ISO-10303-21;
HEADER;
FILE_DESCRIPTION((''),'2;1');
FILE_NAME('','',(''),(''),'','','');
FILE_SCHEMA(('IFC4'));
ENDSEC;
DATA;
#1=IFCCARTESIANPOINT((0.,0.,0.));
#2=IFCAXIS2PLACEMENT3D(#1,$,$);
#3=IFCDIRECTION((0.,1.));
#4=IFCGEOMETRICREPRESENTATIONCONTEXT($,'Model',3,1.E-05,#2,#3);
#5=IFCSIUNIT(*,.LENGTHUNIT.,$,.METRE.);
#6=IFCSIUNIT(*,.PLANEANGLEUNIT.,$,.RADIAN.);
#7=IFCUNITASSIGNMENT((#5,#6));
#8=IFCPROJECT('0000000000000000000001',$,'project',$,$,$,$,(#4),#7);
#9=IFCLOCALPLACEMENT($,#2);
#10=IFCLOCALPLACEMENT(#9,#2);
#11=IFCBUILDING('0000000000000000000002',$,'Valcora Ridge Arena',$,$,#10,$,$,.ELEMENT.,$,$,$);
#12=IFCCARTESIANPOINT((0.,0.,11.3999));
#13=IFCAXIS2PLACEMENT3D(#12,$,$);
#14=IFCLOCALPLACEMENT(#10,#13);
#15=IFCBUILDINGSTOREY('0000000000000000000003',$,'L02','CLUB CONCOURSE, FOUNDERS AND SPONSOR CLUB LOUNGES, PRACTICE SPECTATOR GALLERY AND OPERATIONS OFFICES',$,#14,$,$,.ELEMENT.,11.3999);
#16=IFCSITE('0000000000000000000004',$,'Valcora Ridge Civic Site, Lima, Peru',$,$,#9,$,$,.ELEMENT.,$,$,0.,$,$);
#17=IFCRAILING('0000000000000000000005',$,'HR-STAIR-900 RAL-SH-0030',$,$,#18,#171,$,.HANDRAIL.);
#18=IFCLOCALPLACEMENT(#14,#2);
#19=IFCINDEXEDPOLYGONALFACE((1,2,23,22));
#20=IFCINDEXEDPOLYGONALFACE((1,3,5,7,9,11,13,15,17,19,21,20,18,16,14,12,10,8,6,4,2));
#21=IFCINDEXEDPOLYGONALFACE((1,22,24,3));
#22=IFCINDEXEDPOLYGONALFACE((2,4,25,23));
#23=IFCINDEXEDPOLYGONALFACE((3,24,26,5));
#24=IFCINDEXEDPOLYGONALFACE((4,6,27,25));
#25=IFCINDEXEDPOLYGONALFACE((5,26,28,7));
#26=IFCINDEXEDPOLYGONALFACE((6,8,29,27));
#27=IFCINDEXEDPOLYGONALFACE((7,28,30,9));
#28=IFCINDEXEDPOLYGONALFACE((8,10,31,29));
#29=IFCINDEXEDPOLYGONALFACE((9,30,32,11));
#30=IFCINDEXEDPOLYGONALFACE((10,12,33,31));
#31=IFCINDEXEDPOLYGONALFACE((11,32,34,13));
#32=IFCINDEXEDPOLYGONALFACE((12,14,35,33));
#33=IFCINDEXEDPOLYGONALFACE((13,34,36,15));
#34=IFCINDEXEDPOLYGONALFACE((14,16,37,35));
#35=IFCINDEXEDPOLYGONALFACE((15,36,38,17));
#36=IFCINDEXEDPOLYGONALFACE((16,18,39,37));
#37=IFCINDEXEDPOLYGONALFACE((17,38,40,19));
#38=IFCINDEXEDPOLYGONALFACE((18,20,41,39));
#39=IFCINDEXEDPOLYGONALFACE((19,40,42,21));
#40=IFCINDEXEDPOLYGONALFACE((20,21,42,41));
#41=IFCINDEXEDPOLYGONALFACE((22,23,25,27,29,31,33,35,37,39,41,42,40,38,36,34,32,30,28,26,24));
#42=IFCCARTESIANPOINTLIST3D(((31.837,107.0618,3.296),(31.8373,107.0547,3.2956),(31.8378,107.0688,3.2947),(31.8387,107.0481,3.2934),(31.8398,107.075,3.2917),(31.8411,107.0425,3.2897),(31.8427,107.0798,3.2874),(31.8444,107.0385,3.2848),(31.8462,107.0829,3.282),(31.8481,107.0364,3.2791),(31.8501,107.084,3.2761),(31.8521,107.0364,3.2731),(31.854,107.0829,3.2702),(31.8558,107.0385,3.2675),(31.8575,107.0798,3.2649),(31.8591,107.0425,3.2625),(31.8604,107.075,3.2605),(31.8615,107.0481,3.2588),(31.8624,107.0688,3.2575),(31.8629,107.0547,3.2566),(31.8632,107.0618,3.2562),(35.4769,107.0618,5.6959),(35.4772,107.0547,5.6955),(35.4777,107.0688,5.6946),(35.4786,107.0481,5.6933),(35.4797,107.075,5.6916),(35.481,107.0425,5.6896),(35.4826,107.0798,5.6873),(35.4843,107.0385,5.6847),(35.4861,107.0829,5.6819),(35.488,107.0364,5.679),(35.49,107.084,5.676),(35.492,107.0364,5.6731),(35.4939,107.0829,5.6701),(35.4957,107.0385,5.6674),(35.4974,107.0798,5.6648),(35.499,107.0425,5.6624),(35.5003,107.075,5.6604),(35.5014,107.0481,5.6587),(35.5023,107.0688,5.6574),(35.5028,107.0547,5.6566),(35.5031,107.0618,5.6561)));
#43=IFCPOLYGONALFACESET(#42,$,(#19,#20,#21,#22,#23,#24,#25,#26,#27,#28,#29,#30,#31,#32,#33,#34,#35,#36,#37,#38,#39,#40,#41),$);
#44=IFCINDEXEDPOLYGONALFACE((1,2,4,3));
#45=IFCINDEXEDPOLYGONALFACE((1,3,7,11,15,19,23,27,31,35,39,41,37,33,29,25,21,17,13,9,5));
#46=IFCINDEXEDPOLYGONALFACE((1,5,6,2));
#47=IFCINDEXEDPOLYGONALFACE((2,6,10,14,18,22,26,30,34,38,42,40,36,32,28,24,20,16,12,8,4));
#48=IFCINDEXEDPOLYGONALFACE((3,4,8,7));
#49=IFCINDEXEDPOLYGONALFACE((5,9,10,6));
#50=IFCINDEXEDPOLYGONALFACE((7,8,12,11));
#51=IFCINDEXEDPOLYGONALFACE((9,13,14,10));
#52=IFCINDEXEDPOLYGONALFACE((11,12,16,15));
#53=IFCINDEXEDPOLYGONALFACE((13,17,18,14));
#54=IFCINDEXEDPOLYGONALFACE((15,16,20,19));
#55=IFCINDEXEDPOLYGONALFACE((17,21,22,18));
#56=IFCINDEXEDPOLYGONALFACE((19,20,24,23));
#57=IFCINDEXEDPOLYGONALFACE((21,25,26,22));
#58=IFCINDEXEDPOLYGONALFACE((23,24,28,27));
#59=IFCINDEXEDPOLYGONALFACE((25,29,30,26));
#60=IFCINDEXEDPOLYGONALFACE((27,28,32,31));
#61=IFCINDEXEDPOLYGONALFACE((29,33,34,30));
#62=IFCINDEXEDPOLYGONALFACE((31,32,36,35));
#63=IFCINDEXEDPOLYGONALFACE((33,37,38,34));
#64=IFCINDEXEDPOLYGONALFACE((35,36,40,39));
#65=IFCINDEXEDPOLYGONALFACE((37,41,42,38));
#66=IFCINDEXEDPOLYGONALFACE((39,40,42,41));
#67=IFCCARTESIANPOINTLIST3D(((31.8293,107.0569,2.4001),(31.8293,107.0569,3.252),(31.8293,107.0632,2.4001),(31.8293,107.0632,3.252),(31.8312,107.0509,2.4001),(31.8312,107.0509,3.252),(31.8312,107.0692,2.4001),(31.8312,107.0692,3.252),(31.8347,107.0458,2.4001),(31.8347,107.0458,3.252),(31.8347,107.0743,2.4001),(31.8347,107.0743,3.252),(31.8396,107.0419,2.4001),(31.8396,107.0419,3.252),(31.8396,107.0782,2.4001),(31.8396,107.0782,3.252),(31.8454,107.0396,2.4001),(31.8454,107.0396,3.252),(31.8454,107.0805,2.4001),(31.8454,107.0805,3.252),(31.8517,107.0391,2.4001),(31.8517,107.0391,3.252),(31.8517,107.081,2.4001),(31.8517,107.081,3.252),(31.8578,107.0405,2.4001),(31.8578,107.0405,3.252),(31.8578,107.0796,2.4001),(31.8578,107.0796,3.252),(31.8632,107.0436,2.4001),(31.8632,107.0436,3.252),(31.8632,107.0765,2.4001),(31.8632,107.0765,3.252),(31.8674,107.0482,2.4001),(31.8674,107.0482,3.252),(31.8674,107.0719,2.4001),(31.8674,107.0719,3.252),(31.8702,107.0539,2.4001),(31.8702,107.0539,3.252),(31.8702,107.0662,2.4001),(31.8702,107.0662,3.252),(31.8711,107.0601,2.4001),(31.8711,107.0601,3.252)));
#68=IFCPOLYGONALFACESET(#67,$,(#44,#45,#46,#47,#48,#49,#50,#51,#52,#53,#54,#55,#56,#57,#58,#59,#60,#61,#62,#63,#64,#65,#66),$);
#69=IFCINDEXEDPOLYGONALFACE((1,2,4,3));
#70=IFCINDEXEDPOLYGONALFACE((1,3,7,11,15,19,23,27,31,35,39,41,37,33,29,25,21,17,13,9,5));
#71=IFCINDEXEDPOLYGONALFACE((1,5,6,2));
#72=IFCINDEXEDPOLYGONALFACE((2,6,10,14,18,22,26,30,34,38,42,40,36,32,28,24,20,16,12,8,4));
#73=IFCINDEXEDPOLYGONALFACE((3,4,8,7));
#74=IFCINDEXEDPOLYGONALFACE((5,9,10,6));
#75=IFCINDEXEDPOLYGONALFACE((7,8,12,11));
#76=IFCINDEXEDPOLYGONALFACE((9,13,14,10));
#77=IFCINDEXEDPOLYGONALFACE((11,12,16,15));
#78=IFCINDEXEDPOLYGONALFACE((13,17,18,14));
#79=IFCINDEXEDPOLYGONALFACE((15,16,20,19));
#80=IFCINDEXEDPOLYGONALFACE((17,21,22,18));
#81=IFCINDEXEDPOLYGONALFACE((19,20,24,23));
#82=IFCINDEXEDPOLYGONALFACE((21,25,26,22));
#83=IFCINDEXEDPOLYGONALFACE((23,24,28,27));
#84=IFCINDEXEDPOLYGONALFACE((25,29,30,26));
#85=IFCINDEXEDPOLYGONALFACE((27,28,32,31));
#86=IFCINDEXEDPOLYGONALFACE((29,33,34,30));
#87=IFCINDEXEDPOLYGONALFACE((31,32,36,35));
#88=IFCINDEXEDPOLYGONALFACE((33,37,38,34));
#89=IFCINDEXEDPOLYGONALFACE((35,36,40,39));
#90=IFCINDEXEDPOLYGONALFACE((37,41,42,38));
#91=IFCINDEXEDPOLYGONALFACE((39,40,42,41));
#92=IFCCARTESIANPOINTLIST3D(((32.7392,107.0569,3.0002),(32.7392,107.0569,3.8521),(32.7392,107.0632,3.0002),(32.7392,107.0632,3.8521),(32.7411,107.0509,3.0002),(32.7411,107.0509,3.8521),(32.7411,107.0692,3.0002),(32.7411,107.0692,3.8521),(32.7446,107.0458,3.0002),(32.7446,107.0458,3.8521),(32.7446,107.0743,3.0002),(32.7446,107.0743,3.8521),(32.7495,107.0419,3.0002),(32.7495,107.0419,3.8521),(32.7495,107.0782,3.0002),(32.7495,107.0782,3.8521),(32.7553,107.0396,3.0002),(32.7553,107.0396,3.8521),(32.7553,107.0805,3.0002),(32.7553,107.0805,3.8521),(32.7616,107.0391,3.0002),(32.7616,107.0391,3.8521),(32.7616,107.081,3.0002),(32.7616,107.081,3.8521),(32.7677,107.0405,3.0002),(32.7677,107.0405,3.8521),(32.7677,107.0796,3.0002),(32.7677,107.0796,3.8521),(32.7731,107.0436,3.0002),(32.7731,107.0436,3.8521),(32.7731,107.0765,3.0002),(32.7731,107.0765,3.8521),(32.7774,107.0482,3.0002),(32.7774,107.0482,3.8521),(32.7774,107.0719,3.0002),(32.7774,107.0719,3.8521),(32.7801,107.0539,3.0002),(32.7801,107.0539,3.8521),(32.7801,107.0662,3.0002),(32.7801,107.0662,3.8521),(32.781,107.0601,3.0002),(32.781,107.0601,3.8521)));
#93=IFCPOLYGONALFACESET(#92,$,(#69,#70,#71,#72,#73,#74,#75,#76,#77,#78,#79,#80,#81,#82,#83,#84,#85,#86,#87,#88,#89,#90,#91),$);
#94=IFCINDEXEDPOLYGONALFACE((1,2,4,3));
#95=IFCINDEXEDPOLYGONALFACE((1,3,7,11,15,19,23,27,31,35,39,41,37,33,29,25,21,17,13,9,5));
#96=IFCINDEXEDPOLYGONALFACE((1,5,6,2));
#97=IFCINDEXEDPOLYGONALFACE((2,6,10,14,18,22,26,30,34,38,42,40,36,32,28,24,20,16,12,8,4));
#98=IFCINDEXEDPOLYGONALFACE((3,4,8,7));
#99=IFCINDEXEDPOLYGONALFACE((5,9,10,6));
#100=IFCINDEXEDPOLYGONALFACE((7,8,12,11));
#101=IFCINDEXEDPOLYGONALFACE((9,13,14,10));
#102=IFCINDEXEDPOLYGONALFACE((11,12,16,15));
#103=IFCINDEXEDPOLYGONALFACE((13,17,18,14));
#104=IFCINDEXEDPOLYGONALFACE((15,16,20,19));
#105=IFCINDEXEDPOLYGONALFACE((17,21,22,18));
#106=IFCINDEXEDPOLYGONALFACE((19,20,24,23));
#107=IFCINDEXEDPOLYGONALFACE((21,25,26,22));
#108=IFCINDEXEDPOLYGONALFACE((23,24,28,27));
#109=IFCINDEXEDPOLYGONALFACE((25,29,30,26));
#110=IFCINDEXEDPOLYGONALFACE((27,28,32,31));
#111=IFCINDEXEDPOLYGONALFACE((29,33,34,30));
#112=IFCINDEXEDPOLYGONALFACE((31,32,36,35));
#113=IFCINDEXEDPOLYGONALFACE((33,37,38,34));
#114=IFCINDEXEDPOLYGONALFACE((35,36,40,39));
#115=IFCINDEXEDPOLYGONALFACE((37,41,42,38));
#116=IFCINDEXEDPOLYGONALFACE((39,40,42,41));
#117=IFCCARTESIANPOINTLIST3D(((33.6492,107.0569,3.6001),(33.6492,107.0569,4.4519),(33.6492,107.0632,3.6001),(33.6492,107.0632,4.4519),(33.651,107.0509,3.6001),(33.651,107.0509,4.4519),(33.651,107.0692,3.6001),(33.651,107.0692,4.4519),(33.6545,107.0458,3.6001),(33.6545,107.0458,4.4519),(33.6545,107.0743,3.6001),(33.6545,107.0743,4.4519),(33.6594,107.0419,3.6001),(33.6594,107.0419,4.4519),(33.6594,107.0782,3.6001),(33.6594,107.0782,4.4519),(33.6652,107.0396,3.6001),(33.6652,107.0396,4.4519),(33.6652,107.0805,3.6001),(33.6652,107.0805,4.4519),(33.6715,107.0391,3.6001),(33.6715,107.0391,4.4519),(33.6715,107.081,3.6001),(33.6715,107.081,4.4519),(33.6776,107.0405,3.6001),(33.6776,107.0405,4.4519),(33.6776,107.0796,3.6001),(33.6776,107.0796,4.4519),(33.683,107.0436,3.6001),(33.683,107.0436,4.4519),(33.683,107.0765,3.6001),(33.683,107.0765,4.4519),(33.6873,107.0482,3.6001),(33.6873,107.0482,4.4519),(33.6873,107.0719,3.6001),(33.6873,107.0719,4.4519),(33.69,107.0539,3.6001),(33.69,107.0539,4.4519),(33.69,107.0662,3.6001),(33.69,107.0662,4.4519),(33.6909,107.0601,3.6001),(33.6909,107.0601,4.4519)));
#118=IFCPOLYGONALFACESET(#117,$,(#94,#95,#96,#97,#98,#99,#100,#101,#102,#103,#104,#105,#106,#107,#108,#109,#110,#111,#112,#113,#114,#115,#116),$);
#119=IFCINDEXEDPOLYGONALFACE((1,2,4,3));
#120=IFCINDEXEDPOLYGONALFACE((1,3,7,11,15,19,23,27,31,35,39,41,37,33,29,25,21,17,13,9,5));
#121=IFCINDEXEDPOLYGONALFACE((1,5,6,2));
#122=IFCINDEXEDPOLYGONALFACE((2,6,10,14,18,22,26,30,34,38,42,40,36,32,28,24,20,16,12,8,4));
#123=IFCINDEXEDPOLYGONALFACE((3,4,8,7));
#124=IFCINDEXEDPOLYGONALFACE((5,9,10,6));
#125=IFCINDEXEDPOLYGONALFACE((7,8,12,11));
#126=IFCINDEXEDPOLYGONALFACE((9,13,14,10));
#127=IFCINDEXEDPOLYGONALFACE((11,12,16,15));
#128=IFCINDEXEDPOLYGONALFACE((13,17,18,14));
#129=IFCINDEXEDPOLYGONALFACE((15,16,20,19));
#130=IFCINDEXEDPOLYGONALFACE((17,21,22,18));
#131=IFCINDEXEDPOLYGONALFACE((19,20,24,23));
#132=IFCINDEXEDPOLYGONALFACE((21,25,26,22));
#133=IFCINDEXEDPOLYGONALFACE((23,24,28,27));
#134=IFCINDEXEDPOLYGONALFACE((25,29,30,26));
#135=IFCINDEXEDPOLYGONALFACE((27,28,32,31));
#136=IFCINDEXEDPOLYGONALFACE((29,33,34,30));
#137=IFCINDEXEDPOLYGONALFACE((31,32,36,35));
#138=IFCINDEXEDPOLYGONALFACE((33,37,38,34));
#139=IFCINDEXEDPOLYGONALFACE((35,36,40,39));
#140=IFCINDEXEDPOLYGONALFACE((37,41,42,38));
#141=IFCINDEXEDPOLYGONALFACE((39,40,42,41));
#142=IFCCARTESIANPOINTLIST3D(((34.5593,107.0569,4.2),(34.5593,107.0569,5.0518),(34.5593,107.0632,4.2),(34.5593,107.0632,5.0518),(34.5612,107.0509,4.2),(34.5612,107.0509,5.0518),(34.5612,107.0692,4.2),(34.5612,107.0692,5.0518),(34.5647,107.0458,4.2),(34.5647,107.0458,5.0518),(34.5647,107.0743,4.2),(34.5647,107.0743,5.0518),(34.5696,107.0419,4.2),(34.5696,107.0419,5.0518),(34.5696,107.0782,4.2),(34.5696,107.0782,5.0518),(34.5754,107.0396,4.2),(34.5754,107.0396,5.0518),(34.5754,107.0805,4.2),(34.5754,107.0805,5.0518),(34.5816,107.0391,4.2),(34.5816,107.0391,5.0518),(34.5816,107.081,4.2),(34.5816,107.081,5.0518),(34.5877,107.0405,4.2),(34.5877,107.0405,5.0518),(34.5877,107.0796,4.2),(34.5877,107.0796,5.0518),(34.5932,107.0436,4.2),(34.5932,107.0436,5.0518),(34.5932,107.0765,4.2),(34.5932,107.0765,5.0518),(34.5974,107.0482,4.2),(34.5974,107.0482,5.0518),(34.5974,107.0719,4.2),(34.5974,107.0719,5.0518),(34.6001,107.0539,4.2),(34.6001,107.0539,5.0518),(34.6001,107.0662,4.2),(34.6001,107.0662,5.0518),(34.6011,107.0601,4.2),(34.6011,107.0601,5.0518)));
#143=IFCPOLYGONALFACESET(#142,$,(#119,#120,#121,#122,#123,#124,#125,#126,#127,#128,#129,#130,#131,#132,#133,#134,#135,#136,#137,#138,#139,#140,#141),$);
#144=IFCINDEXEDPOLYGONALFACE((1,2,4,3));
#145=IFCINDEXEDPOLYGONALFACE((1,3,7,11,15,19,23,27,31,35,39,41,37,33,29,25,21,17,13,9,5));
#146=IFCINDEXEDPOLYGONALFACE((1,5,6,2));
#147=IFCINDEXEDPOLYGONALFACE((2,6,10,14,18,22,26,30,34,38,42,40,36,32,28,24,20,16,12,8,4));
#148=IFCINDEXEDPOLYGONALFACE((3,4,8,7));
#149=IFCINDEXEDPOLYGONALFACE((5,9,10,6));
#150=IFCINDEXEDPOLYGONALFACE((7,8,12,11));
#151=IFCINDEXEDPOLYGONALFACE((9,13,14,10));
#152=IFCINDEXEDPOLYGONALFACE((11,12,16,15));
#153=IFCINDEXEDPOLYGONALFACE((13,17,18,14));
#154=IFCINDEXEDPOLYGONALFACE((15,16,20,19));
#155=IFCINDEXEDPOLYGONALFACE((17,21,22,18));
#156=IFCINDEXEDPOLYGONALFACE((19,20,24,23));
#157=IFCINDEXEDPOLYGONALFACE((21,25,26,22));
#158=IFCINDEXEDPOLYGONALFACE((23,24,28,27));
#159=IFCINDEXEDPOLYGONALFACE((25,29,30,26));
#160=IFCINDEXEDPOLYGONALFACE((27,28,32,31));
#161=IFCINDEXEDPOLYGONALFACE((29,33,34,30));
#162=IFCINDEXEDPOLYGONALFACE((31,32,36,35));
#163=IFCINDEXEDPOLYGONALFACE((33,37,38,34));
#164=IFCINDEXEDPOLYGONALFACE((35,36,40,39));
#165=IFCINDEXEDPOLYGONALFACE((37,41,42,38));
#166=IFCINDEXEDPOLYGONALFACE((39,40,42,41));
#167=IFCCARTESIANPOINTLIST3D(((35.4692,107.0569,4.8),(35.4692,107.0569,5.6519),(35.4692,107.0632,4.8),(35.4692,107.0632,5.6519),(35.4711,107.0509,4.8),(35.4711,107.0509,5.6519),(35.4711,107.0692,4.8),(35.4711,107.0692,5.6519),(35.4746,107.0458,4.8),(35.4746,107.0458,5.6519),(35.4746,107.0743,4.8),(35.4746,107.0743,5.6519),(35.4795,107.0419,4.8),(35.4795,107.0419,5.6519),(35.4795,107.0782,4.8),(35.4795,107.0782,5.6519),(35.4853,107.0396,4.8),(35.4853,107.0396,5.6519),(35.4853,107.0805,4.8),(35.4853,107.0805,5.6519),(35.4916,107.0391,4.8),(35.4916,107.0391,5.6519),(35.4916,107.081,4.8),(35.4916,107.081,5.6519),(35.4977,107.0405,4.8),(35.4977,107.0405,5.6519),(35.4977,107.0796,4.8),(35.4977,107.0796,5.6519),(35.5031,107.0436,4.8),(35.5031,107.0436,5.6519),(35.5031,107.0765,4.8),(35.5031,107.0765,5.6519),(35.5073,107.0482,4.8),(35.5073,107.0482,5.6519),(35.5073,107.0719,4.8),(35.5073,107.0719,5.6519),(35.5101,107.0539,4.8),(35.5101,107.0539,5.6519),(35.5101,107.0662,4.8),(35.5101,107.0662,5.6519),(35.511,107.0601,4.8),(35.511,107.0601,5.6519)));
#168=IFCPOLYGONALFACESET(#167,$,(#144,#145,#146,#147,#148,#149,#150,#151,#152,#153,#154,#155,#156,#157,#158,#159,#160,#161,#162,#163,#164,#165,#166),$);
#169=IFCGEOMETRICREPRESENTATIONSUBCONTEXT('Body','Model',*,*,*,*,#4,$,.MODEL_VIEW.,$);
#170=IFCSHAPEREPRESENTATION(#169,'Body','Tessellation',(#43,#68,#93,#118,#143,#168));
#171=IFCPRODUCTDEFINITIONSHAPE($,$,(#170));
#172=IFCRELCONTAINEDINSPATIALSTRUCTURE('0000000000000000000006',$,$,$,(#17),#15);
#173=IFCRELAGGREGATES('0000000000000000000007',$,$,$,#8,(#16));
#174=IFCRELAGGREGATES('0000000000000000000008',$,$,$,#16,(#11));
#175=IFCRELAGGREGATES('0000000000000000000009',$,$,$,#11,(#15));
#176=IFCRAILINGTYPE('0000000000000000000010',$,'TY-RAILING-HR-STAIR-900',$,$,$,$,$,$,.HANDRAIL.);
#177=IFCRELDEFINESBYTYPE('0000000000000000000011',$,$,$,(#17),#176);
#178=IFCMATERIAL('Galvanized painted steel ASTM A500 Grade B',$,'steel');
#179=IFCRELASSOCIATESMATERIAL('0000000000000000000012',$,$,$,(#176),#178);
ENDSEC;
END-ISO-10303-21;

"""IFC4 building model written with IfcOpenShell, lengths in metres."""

from ifc_helpers import new_model, si_unit, direction, frame, origin, origin_2d, place, context, subcontext, project, spatial, circle, extrude, material, type_object, element, save


model = new_model("IFC4")

# Units and contexts
model_context = context("Model", 3, precision=1e-05, world=origin(), true_north=direction((0.0, 1.0)))
body_context = subcontext(model_context, "Body", "Model", "MODEL_VIEW")
ifc_project = project(units=[si_unit("LENGTHUNIT", "METRE"), si_unit("PLANEANGLEUNIT", "RADIAN")], contexts=[model_context])

# Site, building, storey
site_placement = place(None, origin())
site = spatial("IfcSite", under=ifc_project, at=site_placement, Name="Valcora Ridge Civic Site, Lima, Peru", CompositionType="ELEMENT", RefElevation=0.0)
building_placement = place(site_placement, origin())
building = spatial("IfcBuilding", under=site, at=building_placement, Name="Valcora Ridge Arena", CompositionType="ELEMENT")
storey_placement = place(building_placement, frame((0.0, 0.0, 11.3999)))
storey = spatial("IfcBuildingStorey", under=building, at=storey_placement, Name="L02", Description="CLUB CONCOURSE, FOUNDERS AND SPONSOR CLUB LOUNGES, PRACTICE SPECTATOR GALLERY AND OPERATIONS OFFICES", CompositionType="ELEMENT", Elevation=11.3999)

# Railing
ifc_material_1 = material(Name="Galvanized painted steel ASTM A500 Grade B", Category="steel")
railing_type = type_object("IfcRailingType", Name="TY-RAILING-HR-STAIR-900", PredefinedType="HANDRAIL", material=ifc_material_1)
railing_placement = place(storey_placement, frame((31.8501, 107.0601, 2.4001)))
element("IfcRailing", 1, at=railing_placement, inside=storey, type_object=railing_type, Name="HR-STAIR-900 RAL-SH-0030", PredefinedType="HANDRAIL", context=body_context, shape_type="SweptSolid", body=[
    extrude(circle(Radius=0.0239, at=origin_2d()), frame((0.0, 0.0, 0.876), z_axis=(0.834865, 0.0, 0.550454), x_axis=(0.0, 1.0, 0.0)), (0.0, 0.0, 1.0), 4.3599),
    extrude(circle(Radius=0.021, at=origin_2d()), origin(), (0.0, 0.0, 1.0), 0.8518),
    extrude(circle(Radius=0.021, at=origin_2d()), frame((0.9099, 0.0, 0.6001)), (0.0, 0.0, 1.0), 0.8518),
    extrude(circle(Radius=0.021, at=origin_2d()), frame((1.8198, 0.0, 1.2)), (0.0, 0.0, 1.0), 0.8518),
    extrude(circle(Radius=0.021, at=origin_2d()), frame((2.73, 0.0, 1.7998)), (0.0, 0.0, 1.0), 0.8518),
    extrude(circle(Radius=0.021, at=origin_2d()), frame((3.6399, 0.0, 2.3999)), (0.0, 0.0, 1.0), 0.8518),
])

save(model, "model.ifc")
